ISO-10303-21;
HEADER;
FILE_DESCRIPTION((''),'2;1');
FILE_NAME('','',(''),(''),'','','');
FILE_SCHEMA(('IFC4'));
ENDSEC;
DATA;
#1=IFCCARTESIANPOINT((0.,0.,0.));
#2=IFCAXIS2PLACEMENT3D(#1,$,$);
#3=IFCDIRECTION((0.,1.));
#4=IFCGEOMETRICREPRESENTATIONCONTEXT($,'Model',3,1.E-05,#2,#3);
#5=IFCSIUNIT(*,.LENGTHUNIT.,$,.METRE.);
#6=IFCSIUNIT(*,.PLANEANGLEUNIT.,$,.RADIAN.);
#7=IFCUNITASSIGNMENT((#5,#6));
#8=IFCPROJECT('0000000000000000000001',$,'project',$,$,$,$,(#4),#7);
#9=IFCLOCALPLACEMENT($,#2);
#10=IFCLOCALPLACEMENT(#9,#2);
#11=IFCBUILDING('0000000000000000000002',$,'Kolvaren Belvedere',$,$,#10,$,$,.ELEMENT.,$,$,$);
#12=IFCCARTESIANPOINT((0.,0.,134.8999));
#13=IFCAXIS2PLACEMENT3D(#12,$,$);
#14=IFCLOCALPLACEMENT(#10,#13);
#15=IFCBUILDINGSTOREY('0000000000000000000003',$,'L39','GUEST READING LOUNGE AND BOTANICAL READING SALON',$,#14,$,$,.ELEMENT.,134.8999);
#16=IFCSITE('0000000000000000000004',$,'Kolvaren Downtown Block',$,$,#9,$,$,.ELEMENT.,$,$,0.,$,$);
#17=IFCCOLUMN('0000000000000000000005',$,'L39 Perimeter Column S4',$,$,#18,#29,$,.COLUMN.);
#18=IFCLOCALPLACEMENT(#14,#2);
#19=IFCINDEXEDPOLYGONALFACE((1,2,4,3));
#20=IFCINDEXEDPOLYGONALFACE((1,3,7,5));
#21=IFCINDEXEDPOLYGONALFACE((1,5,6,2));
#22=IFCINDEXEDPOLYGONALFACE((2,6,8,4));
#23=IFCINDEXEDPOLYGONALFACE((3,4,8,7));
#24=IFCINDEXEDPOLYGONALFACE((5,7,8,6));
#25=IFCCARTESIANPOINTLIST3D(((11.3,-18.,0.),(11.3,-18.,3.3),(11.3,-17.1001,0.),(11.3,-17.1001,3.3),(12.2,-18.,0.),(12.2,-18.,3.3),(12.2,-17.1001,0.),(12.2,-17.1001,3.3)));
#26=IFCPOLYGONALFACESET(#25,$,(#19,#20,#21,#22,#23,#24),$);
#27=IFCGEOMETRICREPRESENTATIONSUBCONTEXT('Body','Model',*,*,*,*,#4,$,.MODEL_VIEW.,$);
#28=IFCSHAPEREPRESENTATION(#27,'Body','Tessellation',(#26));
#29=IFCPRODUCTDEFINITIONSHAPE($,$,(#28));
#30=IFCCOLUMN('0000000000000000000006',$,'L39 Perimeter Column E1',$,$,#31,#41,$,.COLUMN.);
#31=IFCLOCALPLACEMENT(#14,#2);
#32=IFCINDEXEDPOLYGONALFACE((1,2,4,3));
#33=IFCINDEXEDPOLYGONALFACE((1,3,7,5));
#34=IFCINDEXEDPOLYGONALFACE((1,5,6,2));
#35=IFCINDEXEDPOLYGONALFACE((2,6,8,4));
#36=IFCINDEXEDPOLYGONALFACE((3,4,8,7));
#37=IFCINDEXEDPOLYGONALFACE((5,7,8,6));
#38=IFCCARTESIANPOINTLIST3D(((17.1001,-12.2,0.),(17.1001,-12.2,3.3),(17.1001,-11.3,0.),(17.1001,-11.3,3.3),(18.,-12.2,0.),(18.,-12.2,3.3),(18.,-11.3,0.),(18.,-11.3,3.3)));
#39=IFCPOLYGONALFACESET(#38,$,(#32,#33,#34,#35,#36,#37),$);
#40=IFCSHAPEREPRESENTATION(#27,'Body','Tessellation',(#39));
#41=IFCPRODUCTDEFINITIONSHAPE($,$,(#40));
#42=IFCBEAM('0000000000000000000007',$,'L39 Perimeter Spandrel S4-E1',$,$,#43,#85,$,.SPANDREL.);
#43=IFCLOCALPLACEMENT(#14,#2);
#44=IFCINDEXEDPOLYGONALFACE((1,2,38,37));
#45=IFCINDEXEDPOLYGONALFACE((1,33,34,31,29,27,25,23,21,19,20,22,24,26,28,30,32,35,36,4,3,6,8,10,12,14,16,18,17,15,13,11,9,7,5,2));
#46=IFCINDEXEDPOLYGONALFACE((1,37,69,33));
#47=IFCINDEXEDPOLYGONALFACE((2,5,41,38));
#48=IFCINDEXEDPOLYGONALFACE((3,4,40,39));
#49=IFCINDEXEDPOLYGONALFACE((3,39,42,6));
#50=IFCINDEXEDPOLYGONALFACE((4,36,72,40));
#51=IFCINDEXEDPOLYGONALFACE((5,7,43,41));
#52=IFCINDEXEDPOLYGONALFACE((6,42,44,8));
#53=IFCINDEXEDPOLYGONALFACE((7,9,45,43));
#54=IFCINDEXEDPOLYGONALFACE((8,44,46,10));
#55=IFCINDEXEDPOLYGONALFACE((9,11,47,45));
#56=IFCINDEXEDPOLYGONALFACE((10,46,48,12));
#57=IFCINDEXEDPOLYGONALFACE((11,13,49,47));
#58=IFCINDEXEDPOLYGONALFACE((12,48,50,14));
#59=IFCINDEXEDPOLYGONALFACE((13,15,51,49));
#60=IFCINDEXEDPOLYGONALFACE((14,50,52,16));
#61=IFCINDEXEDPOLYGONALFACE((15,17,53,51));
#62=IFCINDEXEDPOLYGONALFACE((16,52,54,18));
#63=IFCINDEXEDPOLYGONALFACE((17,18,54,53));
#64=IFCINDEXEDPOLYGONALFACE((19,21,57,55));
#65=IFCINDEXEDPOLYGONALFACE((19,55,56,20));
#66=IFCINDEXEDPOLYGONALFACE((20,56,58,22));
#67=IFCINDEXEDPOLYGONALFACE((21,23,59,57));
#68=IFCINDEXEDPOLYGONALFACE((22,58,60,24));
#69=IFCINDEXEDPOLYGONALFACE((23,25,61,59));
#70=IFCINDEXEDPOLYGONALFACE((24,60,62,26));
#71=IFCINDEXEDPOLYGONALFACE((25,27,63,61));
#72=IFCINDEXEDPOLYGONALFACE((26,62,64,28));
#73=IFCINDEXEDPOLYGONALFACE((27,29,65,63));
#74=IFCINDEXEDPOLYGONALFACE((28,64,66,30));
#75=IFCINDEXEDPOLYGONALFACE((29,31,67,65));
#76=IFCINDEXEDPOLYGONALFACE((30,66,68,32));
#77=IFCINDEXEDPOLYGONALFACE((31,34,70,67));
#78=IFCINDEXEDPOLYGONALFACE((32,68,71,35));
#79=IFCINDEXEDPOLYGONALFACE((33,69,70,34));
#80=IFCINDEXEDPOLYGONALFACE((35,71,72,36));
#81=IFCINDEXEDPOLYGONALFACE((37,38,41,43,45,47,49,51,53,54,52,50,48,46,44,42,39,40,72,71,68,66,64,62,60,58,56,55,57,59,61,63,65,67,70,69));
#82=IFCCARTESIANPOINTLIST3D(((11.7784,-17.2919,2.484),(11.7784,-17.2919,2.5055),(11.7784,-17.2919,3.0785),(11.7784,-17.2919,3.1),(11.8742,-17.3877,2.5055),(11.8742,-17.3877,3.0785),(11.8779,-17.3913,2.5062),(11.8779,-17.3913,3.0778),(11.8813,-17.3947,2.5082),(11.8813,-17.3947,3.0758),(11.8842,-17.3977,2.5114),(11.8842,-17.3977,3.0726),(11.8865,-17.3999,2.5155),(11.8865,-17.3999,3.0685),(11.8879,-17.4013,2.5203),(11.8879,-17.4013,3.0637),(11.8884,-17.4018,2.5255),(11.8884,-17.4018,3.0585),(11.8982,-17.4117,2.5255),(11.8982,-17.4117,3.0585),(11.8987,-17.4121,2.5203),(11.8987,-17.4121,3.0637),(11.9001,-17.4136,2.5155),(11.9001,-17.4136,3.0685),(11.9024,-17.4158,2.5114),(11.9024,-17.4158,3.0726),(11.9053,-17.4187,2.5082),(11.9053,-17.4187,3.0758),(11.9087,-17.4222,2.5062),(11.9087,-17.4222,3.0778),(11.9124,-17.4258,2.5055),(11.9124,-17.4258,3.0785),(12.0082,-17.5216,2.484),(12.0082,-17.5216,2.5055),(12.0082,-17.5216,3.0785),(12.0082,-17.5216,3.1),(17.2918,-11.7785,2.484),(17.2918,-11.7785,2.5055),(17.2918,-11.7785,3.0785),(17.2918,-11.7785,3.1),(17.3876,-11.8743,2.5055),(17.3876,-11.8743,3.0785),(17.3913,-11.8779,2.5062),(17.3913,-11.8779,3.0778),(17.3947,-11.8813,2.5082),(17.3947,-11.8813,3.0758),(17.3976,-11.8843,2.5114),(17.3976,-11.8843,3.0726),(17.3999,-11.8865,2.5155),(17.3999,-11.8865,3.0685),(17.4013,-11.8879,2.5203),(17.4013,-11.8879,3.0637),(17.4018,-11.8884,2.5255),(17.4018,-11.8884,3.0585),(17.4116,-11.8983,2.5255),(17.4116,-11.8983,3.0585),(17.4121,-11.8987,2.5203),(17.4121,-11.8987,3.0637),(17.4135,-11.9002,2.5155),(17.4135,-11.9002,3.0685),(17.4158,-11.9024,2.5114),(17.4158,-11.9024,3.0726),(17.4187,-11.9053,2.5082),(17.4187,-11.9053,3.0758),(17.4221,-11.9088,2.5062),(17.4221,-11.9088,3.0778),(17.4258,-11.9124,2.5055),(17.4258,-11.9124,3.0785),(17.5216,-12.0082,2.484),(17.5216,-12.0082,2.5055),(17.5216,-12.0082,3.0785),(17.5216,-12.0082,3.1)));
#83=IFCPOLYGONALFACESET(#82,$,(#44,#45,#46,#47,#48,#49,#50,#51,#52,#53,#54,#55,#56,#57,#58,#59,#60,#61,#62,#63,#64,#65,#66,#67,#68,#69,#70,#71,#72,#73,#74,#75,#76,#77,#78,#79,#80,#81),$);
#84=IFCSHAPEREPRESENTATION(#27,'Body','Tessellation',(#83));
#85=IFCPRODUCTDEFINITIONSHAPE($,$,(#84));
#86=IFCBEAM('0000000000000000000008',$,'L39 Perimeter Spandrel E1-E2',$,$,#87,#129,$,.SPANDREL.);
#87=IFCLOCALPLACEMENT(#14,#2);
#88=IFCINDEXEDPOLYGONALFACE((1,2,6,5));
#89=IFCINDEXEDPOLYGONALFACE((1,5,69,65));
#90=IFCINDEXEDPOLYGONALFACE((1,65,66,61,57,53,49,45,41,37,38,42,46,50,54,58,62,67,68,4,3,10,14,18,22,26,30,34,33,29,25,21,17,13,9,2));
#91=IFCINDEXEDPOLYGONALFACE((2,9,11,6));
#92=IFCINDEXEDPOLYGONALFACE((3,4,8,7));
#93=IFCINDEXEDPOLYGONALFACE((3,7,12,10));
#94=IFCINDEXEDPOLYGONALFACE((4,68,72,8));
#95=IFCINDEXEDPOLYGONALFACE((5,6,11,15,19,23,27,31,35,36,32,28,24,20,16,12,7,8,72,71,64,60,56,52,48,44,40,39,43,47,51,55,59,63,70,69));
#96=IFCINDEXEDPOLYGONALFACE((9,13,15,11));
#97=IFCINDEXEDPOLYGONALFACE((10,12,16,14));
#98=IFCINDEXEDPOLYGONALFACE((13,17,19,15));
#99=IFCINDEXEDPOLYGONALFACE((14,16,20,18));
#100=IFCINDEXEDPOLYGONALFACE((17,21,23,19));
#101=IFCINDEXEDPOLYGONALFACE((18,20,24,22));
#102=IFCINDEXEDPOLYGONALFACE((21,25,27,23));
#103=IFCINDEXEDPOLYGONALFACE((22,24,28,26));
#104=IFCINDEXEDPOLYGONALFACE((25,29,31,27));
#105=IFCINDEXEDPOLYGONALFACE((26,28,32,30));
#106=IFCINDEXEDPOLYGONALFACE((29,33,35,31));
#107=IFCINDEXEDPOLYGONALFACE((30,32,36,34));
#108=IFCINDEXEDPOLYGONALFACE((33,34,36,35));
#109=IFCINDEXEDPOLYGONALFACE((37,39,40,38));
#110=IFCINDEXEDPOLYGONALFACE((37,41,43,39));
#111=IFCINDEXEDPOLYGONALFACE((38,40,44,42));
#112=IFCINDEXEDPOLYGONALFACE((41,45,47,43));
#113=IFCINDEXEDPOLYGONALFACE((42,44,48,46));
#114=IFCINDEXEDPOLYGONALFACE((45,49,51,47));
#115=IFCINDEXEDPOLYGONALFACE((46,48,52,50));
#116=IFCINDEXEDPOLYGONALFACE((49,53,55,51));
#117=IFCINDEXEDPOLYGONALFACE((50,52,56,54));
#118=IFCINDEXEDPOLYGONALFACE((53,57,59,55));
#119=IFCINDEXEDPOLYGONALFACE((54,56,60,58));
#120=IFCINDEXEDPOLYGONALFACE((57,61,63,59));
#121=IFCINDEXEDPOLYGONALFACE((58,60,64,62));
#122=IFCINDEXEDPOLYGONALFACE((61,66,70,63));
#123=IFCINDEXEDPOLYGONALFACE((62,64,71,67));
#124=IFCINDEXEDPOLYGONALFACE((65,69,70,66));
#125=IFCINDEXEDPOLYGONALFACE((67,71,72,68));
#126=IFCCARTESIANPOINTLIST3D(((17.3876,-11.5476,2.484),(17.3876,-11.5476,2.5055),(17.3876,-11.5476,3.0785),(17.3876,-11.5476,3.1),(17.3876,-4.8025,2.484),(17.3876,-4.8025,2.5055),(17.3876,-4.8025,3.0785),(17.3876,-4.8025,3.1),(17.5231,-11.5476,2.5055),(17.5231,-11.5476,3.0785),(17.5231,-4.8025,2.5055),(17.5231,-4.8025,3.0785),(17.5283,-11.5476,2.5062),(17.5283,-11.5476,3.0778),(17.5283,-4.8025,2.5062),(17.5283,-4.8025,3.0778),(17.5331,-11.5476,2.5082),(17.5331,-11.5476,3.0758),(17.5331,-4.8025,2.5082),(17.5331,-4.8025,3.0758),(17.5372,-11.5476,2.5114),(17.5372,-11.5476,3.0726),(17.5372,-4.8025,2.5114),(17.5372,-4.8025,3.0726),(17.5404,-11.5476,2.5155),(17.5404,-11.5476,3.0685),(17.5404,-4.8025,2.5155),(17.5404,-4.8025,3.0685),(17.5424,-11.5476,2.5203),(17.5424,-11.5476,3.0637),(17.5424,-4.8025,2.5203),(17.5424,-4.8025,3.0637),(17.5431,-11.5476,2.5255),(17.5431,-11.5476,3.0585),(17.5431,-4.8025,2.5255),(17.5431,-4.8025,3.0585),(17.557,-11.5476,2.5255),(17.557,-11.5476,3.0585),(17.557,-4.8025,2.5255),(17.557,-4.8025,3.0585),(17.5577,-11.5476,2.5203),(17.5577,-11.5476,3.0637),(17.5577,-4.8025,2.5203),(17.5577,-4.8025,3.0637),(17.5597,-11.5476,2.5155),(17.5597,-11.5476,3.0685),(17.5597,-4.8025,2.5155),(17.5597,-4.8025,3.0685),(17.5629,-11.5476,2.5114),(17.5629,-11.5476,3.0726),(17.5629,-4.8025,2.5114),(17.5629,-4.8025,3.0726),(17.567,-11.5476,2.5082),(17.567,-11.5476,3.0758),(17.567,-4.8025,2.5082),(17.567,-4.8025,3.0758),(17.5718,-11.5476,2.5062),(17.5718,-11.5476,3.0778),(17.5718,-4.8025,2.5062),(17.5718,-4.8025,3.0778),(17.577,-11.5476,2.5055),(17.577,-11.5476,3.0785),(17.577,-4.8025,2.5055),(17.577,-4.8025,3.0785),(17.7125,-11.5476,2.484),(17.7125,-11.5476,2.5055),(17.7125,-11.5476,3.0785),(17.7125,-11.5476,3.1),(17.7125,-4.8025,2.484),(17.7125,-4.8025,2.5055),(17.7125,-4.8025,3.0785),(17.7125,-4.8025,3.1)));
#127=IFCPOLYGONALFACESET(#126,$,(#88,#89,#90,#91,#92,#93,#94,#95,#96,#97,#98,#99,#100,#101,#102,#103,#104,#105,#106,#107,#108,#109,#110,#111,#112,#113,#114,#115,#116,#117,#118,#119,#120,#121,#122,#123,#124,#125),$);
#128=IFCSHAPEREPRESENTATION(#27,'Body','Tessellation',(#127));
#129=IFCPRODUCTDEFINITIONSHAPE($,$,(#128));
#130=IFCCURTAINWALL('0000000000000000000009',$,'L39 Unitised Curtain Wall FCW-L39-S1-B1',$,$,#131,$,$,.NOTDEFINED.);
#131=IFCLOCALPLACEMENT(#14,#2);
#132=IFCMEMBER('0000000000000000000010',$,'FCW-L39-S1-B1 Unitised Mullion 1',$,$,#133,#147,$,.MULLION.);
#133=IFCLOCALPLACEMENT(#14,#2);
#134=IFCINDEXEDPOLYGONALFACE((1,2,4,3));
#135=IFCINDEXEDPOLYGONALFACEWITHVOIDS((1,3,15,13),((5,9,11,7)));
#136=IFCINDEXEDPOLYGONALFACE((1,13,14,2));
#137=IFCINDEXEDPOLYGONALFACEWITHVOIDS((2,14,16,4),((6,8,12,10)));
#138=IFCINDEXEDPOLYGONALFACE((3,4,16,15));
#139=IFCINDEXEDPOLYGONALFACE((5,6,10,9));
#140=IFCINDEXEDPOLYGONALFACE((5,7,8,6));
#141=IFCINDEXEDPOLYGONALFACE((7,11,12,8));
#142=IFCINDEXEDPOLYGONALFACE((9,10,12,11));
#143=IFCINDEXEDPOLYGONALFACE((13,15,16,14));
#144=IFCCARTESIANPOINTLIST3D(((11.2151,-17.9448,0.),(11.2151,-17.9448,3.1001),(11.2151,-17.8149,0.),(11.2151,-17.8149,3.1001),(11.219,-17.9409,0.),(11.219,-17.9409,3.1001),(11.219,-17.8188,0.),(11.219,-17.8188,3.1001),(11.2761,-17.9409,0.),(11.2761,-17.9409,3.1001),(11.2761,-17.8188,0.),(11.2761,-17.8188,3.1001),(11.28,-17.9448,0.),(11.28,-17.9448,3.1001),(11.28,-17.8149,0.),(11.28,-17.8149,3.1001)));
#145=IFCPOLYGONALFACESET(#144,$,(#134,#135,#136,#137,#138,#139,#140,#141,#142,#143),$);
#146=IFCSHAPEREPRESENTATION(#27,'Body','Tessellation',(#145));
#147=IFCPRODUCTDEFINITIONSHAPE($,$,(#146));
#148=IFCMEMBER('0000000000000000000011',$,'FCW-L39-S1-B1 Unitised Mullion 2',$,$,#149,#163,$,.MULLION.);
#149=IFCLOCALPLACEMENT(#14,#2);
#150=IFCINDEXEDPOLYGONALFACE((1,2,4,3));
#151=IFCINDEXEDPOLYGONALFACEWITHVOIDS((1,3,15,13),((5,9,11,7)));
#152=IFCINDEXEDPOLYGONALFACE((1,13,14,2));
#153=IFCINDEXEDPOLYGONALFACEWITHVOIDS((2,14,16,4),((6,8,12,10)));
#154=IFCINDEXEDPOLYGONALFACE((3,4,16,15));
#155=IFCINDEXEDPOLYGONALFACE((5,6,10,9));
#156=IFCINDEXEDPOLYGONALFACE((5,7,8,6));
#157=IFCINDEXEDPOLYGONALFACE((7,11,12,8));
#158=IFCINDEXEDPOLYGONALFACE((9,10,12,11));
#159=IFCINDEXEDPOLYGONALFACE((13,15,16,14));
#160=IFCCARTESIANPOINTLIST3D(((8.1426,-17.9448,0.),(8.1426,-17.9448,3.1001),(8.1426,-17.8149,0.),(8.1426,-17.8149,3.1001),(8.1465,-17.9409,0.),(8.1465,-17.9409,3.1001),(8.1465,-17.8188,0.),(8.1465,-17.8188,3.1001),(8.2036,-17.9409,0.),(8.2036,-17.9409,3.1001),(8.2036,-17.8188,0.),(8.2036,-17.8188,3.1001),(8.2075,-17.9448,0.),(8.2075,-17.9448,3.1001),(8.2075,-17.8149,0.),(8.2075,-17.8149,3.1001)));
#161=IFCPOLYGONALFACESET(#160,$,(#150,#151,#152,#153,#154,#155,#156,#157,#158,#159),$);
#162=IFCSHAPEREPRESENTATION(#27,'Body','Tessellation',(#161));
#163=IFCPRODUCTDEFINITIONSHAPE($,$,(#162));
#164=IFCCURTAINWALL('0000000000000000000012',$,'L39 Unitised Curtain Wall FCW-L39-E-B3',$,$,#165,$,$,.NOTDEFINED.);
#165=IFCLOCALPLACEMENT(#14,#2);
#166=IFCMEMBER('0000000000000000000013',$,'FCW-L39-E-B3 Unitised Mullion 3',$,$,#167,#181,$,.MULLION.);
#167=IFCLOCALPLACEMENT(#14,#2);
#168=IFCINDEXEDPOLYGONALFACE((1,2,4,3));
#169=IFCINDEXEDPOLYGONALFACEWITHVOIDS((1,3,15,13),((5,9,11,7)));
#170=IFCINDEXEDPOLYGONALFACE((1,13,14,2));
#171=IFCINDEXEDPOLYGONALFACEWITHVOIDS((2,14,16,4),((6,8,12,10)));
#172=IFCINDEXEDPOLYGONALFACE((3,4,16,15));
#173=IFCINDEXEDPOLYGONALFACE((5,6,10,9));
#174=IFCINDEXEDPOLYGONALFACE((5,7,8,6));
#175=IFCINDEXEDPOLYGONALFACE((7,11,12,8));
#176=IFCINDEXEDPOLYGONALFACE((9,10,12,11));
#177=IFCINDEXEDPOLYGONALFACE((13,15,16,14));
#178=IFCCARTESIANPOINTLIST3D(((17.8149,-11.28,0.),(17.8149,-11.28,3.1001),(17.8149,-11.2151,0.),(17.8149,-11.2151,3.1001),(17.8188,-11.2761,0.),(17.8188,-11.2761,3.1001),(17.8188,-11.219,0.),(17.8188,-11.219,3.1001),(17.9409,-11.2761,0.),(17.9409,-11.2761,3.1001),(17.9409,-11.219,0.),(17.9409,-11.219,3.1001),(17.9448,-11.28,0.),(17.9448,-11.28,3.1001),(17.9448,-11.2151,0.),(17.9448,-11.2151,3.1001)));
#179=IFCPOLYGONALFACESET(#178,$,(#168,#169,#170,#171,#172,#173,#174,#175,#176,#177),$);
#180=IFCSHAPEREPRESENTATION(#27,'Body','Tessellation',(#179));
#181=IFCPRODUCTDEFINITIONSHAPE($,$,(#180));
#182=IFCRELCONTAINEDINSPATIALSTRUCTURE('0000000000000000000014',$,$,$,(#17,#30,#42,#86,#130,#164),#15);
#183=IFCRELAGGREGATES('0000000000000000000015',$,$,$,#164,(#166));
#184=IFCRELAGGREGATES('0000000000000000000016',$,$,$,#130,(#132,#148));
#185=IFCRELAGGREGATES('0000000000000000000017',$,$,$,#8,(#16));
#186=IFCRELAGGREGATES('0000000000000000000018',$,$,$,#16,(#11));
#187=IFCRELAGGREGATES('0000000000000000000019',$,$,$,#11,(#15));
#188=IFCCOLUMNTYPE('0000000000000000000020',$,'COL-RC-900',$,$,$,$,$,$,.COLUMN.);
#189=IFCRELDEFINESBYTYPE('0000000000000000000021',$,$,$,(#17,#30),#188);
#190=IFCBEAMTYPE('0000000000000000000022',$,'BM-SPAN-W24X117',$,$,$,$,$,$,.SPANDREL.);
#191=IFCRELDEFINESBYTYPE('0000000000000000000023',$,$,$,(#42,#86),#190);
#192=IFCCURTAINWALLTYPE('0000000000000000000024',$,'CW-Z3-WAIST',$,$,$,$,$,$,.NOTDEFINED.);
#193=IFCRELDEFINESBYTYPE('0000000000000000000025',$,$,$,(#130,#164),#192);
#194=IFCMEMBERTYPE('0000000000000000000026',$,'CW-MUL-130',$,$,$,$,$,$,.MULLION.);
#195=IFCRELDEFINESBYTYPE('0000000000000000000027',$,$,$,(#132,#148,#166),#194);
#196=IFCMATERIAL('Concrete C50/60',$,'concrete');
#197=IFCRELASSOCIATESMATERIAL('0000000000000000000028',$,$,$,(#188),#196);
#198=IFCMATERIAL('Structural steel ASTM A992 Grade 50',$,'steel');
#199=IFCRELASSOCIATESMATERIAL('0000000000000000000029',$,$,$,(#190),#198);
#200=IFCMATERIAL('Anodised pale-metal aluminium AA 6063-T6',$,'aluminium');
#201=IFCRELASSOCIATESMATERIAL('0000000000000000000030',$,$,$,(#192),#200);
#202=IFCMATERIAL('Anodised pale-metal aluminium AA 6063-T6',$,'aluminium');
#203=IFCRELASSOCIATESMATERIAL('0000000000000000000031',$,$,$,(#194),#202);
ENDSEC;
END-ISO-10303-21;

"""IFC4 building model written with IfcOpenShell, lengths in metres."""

from ifc_helpers import new_model, si_unit, direction, frame, origin, origin_2d, place, context, subcontext, project, spatial, rectangle, hollow_rectangle, i_section, extrude, material, material_profile, profile_set, type_object, element, aggregate, save


model = new_model("IFC4")

# Units and contexts
model_context = context("Model", 3, precision=1e-05, world=origin(), true_north=direction((0.0, 1.0)))
body_context = subcontext(model_context, "Body", "Model", "MODEL_VIEW")
ifc_project = project(units=[si_unit("LENGTHUNIT", "METRE"), si_unit("PLANEANGLEUNIT", "RADIAN")], contexts=[model_context])

# Site, building, storey
site_placement = place(None, origin())
site = spatial("IfcSite", under=ifc_project, at=site_placement, Name="Kolvaren Downtown Block", CompositionType="ELEMENT", RefElevation=0.0)
building_placement = place(site_placement, origin())
building = spatial("IfcBuilding", under=site, at=building_placement, Name="Kolvaren Belvedere", CompositionType="ELEMENT")
storey_placement = place(building_placement, frame((0.0, 0.0, 134.8999)))
storey = spatial("IfcBuildingStorey", under=building, at=storey_placement, Name="L39", Description="GUEST READING LOUNGE AND BOTANICAL READING SALON", CompositionType="ELEMENT", Elevation=134.8999)

# Columns
ifc_material_1 = material(Name="Concrete C50/60", Category="concrete")
ifc_material_profile_1 = material_profile(ifc_material_1, rectangle(XDim=0.8999, YDim=0.8999, at=origin_2d()), Name="RC 900X900")
ifc_profile_set_1 = profile_set([ifc_material_profile_1], Name="Concrete C50/60")
column_type = type_object("IfcColumnType", Name="COL-RC-900", PredefinedType="COLUMN", material=ifc_profile_set_1)
for number, where, z_axis, x_axis, name in (
    (1, (11.75, -17.55, 0.0), (0.0, 0.0, 1.0), (1.0, 0.0, 0.0), "L39 Perimeter Column S4"),
    (2, (17.55, -11.75, 0.0), (0.0, 0.0, 1.0), (1.0, 0.0, 0.0), "L39 Perimeter Column E1"),
):
    element("IfcColumn", number, at=place(storey_placement, frame(where, z_axis=z_axis, x_axis=x_axis)), inside=storey, type_object=column_type, Name=name, PredefinedType="COLUMN", context=body_context, shape_type="SweptSolid", body=[
        extrude(rectangle(XDim=0.8999, YDim=0.8999, at=origin_2d()), origin(), (0.0, 0.0, 1.0), 3.3),
    ])

# Beams
ifc_material_2 = material(Name="Structural steel ASTM A992 Grade 50", Category="steel")
ifc_material_profile_2 = material_profile(ifc_material_2, i_section(OverallWidth=0.325, OverallDepth=0.616, WebThickness=0.0139, FlangeThickness=0.0215, FilletRadius=0.02, at=origin_2d()), Name="W24X117")
ifc_profile_set_2 = profile_set([ifc_material_profile_2], Name="Structural steel ASTM A992 Grade 50")
beam_type = type_object("IfcBeamType", Name="BM-SPAN-W24X117", PredefinedType="SPANDREL", material=ifc_profile_set_2)
beam_1_placement = place(storey_placement, frame((11.8933, -17.4067, 2.792), z_axis=(0.707107, 0.707107, 0.0), x_axis=(-0.707107, 0.707107, 0.0)))
element("IfcBeam", 3, at=beam_1_placement, inside=storey, type_object=beam_type, Name="L39 Perimeter Spandrel S4-E1", PredefinedType="SPANDREL", context=body_context, shape_type="SweptSolid", body=[
    extrude(i_section(OverallWidth=0.325, OverallDepth=0.616, WebThickness=0.0139, FlangeThickness=0.0215, FilletRadius=0.02, at=origin_2d()), origin(), (0.0, 0.0, 1.0), 7.7971),
])
beam_2_placement = place(storey_placement, frame((17.55, -11.5476, 2.792), z_axis=(0.0, 1.0, 0.0), x_axis=(-1.0, 0.0, 0.0)))
element("IfcBeam", 4, at=beam_2_placement, inside=storey, type_object=beam_type, Name="L39 Perimeter Spandrel E1-E2", PredefinedType="SPANDREL", context=body_context, shape_type="SweptSolid", body=[
    extrude(i_section(OverallWidth=0.325, OverallDepth=0.616, WebThickness=0.0139, FlangeThickness=0.0215, FilletRadius=0.02, at=origin_2d()), origin(), (0.0, 0.0, 1.0), 6.7451),
])

# Curtain wall, members
ifc_material_3 = material(Name="Anodised pale-metal aluminium AA 6063-T6", Category="aluminium")
curtain_wall_type = type_object("IfcCurtainWallType", Name="CW-Z3-WAIST", PredefinedType="NOTDEFINED", material=ifc_material_3)
curtain_wall_1_placement = place(storey_placement, origin())
curtain_wall_1 = element("IfcCurtainWall", 5, at=curtain_wall_1_placement, inside=storey, type_object=curtain_wall_type, Name="L39 Unitised Curtain Wall FCW-L39-S1-B1", PredefinedType="NOTDEFINED")
ifc_material_4 = material(Name="Anodised pale-metal aluminium AA 6063-T6", Category="aluminium")
ifc_material_profile_3 = material_profile(ifc_material_4, hollow_rectangle(XDim=0.0649, YDim=0.1299, WallThickness=0.0039, at=origin_2d()), Name="ALU-MUL-130X65")
ifc_profile_set_3 = profile_set([ifc_material_profile_3], Name="Anodised pale-metal aluminium AA 6063-T6")
member_type_1 = type_object("IfcMemberType", Name="CW-MUL-130", PredefinedType="MULLION", material=ifc_profile_set_3)
member_1_placement = place(storey_placement, frame((11.2476, -17.8799, 0.0), z_axis=(0.0, 0.0, 1.0), x_axis=(1.0, 0.0, 0.0)))
member_1 = element("IfcMember", 6, at=member_1_placement, type_object=member_type_1, Name="FCW-L39-S1-B1 Unitised Mullion 1", PredefinedType="MULLION", context=body_context, shape_type="SweptSolid", body=[
    extrude(hollow_rectangle(XDim=0.0649, YDim=0.1299, WallThickness=0.0039, at=origin_2d()), origin(), (0.0, 0.0, 1.0), 3.1001),
])
member_2_placement = place(storey_placement, frame((8.175, -17.8799, 0.0), z_axis=(0.0, 0.0, 1.0), x_axis=(1.0, 0.0, 0.0)))
member_2 = element("IfcMember", 7, at=member_2_placement, type_object=member_type_1, Name="FCW-L39-S1-B1 Unitised Mullion 2", PredefinedType="MULLION", context=body_context, shape_type="SweptSolid", body=[
    extrude(hollow_rectangle(XDim=0.0649, YDim=0.1299, WallThickness=0.0039, at=origin_2d()), origin(), (0.0, 0.0, 1.0), 3.1001),
])

# Curtain wall, member
curtain_wall_2_placement = place(storey_placement, origin())
curtain_wall_2 = element("IfcCurtainWall", 8, at=curtain_wall_2_placement, inside=storey, type_object=curtain_wall_type, Name="L39 Unitised Curtain Wall FCW-L39-E-B3", PredefinedType="NOTDEFINED")
member_3_placement = place(storey_placement, frame((17.8799, -11.2476, 0.0), z_axis=(0.0, 0.0, 1.0), x_axis=(0.0, 1.0, 0.0)))
member_3 = element("IfcMember", 9, at=member_3_placement, type_object=member_type_1, Name="FCW-L39-E-B3 Unitised Mullion 3", PredefinedType="MULLION", context=body_context, shape_type="SweptSolid", body=[
    extrude(hollow_rectangle(XDim=0.0649, YDim=0.1299, WallThickness=0.0039, at=origin_2d()), origin(), (0.0, 0.0, 1.0), 3.1001),
])
aggregate(curtain_wall_2, [member_3])

aggregate(curtain_wall_1, [member_1, member_2])

save(model, "model.ifc")
